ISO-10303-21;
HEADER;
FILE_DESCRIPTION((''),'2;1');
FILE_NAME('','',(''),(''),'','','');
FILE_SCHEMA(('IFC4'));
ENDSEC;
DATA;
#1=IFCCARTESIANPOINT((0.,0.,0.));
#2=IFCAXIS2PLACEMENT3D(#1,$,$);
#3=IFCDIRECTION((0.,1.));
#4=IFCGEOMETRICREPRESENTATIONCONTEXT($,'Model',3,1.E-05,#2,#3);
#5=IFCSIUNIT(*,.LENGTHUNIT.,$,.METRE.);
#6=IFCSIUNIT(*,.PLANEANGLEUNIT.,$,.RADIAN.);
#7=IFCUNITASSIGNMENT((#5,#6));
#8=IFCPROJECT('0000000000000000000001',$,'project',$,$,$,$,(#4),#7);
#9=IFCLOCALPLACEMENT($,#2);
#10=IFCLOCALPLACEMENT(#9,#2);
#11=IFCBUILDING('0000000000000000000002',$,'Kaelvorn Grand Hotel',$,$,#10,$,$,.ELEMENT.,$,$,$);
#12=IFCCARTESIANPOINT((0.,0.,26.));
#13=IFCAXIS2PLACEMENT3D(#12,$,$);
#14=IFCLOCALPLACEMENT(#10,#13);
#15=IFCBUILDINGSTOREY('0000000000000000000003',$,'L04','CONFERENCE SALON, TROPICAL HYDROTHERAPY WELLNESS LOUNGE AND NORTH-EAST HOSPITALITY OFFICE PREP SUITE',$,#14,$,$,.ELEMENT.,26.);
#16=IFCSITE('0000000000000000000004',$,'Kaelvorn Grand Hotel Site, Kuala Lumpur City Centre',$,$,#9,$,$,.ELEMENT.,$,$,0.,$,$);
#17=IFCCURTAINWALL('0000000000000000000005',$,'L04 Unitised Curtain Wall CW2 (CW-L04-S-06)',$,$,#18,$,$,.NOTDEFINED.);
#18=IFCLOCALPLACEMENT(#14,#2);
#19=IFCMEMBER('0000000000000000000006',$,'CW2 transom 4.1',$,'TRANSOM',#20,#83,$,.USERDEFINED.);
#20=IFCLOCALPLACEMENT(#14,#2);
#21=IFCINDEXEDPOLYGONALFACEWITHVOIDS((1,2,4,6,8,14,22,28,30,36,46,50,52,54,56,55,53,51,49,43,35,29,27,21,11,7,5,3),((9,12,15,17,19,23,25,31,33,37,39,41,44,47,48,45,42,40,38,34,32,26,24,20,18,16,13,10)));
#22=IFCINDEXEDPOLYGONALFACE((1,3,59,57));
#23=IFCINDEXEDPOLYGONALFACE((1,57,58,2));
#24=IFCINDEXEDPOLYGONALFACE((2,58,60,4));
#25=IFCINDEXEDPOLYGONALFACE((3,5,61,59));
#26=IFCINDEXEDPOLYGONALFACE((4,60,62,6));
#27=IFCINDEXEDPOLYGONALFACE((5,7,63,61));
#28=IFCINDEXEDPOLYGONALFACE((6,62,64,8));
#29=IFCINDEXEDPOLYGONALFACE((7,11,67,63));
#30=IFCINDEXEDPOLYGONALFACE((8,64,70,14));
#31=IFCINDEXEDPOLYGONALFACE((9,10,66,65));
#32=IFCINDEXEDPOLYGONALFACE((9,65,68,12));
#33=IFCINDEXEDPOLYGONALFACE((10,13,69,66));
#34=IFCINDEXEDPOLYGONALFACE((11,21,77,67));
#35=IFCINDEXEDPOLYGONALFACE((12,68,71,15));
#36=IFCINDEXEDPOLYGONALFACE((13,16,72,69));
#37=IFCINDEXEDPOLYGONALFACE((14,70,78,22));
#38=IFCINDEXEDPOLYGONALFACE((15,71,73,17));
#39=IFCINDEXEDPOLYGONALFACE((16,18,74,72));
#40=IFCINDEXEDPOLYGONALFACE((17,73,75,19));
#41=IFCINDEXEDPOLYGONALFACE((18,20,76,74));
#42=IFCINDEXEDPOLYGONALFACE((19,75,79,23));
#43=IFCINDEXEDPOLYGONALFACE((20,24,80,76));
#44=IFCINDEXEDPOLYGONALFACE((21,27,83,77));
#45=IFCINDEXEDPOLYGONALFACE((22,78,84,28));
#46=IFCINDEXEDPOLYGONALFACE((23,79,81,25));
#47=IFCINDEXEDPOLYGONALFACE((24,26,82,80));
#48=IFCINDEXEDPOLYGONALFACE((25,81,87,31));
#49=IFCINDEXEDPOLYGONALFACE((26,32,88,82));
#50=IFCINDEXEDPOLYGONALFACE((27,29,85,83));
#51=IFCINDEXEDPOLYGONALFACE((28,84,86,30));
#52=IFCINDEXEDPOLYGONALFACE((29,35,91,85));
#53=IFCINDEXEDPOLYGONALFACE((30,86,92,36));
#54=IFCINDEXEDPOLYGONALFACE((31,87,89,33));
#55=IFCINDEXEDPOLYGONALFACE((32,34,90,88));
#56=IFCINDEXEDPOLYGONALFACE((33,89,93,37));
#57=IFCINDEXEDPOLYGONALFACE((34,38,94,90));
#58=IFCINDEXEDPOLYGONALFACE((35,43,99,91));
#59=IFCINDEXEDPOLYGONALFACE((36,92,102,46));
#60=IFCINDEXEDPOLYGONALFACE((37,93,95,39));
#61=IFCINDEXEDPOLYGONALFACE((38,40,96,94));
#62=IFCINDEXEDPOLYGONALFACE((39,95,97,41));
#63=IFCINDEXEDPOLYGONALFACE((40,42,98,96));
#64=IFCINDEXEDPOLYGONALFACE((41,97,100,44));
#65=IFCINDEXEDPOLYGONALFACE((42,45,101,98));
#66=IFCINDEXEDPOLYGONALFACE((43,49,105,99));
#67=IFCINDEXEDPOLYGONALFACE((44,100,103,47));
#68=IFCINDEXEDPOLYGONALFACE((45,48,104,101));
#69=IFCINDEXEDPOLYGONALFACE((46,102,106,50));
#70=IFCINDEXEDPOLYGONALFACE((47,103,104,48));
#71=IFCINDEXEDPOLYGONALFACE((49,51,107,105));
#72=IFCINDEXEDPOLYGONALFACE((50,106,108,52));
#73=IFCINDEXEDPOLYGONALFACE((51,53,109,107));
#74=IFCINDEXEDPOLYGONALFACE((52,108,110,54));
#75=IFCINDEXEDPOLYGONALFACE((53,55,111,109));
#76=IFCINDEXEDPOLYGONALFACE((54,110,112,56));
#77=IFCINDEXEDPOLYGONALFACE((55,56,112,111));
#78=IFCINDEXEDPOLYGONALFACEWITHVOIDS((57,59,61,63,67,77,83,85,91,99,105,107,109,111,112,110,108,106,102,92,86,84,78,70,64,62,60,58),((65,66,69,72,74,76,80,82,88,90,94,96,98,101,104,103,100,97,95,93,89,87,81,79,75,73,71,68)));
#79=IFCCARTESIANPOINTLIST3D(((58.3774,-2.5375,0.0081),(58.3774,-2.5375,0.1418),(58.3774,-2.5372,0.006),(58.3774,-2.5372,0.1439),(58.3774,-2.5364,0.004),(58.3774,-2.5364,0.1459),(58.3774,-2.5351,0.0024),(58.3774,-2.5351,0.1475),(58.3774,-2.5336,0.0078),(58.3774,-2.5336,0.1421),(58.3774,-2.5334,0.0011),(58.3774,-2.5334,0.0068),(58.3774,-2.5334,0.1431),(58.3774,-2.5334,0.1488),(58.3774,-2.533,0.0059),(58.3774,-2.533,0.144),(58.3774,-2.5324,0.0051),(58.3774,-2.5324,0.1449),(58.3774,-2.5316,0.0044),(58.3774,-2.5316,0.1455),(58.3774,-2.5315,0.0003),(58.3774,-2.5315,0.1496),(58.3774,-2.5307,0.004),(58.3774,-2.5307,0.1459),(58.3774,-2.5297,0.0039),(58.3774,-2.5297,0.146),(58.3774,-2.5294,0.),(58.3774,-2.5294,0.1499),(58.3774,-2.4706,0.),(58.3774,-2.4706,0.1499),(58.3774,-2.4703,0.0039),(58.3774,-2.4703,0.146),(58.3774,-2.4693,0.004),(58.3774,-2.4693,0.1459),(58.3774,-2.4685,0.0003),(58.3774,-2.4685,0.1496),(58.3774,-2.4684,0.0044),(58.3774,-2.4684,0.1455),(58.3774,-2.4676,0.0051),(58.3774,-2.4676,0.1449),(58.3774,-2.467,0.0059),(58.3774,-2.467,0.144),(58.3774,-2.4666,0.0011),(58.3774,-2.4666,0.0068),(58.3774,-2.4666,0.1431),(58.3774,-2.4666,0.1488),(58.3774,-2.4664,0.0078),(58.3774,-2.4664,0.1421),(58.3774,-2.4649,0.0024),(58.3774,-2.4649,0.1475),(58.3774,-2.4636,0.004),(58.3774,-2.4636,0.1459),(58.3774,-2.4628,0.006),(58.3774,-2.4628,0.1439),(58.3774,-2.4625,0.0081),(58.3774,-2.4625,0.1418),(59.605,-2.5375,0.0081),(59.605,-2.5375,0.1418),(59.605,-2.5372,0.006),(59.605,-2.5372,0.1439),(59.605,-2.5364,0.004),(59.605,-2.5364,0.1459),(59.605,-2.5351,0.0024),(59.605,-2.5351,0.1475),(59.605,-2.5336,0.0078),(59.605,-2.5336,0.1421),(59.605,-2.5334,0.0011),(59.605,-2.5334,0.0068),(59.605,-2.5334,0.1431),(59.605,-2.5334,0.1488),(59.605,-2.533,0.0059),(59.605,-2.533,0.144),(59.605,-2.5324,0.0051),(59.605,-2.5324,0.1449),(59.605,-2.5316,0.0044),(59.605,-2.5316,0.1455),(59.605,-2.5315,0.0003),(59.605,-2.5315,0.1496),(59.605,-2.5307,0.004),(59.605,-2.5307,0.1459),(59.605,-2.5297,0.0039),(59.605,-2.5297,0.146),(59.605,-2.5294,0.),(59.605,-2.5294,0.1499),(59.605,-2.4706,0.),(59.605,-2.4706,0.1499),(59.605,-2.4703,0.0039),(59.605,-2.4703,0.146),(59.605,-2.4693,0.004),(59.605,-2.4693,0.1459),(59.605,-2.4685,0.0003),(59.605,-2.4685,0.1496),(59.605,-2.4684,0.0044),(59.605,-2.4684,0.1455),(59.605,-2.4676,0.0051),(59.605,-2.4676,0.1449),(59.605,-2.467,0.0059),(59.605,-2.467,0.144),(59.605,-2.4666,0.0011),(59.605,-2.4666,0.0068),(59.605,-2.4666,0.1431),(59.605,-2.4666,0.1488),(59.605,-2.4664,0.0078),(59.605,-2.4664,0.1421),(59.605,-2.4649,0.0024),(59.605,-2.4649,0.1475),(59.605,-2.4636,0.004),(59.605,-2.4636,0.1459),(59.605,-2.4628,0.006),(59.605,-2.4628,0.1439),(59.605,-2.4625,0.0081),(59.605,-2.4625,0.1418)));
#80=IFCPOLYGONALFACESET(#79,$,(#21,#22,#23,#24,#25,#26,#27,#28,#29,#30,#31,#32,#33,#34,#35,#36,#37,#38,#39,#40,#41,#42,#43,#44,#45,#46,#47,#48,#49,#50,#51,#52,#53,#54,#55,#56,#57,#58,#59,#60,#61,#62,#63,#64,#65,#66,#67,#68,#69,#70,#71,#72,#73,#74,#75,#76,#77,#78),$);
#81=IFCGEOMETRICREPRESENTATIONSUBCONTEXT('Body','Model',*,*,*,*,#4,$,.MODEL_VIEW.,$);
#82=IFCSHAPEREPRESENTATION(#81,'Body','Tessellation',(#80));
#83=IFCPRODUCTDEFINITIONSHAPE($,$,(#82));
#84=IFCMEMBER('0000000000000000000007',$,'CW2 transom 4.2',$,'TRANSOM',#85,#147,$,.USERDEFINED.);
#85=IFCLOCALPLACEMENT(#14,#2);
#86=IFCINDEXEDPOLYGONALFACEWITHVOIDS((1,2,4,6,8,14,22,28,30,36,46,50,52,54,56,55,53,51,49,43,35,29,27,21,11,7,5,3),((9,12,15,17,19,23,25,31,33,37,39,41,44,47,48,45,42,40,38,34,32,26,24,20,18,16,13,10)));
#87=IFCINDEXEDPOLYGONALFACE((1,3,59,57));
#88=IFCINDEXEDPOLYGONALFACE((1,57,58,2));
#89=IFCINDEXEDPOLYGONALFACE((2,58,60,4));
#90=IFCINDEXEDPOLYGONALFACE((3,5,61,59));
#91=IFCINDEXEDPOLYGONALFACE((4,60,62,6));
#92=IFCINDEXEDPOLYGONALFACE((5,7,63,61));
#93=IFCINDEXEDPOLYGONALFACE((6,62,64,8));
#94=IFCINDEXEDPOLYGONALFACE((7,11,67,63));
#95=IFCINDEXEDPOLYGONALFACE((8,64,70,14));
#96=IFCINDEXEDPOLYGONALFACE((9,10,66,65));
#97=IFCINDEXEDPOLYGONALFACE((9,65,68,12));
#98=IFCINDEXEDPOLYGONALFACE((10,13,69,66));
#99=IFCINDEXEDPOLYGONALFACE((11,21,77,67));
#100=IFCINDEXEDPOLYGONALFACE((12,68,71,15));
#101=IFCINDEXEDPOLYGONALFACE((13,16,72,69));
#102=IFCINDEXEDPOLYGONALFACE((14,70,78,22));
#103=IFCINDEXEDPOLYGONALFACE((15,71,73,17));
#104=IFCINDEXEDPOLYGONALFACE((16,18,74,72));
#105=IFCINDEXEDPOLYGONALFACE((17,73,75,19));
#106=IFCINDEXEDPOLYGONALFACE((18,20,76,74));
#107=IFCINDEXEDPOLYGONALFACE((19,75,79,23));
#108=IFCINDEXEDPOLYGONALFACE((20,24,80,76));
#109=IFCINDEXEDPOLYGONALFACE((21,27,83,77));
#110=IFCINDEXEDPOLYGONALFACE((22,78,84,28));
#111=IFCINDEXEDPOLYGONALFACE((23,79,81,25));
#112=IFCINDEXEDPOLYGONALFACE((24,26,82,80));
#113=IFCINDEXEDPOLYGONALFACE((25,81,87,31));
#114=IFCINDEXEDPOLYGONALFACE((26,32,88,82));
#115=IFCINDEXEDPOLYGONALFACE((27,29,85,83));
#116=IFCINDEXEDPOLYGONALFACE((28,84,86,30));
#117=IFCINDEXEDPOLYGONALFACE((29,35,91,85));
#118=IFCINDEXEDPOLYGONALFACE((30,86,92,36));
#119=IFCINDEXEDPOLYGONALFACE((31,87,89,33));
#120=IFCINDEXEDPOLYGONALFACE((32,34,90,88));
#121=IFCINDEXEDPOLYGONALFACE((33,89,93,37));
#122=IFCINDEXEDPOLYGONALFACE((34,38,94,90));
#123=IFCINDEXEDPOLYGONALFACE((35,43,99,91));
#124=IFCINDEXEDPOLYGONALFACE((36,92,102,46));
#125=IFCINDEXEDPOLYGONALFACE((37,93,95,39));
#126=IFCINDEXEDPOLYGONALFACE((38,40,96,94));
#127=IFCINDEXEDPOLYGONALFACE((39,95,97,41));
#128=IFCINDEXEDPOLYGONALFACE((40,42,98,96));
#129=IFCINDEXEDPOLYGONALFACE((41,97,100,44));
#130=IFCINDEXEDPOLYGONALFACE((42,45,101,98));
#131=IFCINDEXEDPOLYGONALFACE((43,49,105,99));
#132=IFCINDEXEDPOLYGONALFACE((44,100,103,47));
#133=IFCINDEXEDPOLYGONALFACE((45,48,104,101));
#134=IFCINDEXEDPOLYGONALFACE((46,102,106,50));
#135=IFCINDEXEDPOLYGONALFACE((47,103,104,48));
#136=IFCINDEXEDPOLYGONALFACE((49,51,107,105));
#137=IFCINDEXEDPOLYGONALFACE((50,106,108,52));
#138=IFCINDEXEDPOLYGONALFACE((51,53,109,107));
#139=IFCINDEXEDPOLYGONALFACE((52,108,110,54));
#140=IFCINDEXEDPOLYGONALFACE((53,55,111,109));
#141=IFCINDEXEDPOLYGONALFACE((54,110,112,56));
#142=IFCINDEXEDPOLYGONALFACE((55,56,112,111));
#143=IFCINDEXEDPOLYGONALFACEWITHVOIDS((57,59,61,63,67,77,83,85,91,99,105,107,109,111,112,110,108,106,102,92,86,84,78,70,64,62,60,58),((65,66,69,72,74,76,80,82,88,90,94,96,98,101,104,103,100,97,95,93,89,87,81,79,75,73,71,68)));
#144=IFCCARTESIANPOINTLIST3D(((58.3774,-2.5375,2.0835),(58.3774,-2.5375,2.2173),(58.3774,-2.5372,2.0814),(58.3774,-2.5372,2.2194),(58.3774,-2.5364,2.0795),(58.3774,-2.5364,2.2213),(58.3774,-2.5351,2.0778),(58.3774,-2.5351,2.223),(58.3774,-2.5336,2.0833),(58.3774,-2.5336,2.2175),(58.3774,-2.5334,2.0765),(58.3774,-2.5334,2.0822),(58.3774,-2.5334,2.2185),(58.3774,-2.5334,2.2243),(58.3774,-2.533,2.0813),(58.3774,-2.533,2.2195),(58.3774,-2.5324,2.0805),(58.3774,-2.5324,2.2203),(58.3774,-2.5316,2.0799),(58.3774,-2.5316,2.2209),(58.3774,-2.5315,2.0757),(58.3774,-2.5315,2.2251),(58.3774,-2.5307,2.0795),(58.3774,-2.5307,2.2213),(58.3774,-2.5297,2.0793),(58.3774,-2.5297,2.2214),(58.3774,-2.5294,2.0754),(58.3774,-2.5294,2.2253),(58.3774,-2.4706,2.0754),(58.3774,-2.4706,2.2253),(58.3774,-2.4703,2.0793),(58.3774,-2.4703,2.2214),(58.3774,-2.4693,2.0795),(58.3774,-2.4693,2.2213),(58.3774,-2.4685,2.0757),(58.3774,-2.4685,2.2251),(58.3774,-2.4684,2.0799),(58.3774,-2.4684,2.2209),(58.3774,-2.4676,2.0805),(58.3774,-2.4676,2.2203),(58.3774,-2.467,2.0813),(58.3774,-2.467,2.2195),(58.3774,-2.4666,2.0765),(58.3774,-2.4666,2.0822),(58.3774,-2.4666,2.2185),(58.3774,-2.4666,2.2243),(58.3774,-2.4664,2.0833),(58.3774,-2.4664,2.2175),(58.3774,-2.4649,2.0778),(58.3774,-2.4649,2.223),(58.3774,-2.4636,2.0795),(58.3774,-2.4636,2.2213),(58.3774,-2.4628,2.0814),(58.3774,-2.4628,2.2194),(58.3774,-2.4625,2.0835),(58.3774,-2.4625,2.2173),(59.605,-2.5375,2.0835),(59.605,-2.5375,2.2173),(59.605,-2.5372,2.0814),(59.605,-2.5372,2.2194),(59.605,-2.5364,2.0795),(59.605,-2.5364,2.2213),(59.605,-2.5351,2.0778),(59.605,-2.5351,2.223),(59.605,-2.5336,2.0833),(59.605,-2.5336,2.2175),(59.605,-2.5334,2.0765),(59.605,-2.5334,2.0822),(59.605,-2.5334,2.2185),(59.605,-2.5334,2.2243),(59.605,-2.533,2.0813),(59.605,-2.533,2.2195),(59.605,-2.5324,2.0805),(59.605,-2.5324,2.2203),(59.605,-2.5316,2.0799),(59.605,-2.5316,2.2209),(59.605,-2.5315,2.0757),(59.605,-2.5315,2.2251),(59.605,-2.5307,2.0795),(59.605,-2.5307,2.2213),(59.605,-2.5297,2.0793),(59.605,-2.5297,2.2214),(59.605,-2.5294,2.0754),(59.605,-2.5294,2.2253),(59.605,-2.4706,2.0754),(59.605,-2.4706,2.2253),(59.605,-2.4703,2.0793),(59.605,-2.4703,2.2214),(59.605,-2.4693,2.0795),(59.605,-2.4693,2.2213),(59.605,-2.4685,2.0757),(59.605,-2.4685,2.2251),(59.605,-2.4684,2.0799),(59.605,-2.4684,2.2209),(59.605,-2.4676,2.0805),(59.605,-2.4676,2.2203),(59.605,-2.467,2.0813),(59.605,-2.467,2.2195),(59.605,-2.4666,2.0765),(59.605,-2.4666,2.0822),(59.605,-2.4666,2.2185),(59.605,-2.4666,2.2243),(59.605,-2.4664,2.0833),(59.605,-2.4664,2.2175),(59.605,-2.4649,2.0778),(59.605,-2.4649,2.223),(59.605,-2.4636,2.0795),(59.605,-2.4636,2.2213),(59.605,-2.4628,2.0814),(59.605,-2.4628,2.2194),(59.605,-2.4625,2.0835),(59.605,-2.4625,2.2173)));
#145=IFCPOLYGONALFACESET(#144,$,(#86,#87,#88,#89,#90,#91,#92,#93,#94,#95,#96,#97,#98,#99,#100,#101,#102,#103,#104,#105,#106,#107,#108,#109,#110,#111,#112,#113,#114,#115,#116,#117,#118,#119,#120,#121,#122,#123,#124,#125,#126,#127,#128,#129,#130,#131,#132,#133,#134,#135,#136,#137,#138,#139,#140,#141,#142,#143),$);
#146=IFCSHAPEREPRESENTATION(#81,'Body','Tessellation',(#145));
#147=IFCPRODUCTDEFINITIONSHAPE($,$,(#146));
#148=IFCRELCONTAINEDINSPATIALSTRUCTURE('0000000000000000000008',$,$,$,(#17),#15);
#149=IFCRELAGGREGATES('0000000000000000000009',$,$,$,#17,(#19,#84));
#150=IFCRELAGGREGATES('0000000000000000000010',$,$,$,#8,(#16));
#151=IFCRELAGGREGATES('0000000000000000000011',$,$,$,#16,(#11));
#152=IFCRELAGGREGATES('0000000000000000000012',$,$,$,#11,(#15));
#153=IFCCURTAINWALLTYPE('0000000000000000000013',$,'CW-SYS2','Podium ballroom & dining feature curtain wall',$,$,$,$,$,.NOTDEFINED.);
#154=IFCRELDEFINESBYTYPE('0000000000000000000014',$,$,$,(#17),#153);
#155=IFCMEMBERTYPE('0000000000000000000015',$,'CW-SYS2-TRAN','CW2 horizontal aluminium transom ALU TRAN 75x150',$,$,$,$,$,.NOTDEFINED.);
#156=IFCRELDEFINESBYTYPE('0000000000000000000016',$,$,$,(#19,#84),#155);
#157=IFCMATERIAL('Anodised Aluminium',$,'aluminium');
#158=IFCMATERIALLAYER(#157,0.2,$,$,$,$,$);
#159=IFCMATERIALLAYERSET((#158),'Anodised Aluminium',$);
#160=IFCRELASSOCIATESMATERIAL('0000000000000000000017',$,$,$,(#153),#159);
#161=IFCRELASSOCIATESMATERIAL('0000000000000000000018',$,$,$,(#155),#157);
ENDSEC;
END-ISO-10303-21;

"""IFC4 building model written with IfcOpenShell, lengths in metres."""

from ifc_helpers import new_model, si_unit, direction, frame, origin, origin_2d, place, context, subcontext, project, spatial, hollow_rectangle, extrude, material, layer, layer_set, material_profile, profile_set, type_object, element, aggregate, save


model = new_model("IFC4")

# Units and contexts
model_context = context("Model", 3, precision=1e-05, world=origin(), true_north=direction((0.0, 1.0)))
body_context = subcontext(model_context, "Body", "Model", "MODEL_VIEW")
ifc_project = project(units=[si_unit("LENGTHUNIT", "METRE"), si_unit("PLANEANGLEUNIT", "RADIAN")], contexts=[model_context])

# Site, building, storey
site_placement = place(None, origin())
site = spatial("IfcSite", under=ifc_project, at=site_placement, Name="Kaelvorn Grand Hotel Site, Kuala Lumpur City Centre", CompositionType="ELEMENT", RefElevation=0.0)
building_placement = place(site_placement, origin())
building = spatial("IfcBuilding", under=site, at=building_placement, Name="Kaelvorn Grand Hotel", CompositionType="ELEMENT")
storey_placement = place(building_placement, frame((0.0, 0.0, 26.0)))
storey = spatial("IfcBuildingStorey", under=building, at=storey_placement, Name="L04", Description="CONFERENCE SALON, TROPICAL HYDROTHERAPY WELLNESS LOUNGE AND NORTH-EAST HOSPITALITY OFFICE PREP SUITE", CompositionType="ELEMENT", Elevation=26.0)

# Curtain wall
ifc_material_1 = material(Name="Anodised Aluminium", Category="aluminium")
ifc_layer_1 = layer(ifc_material_1, 0.2)
ifc_layer_set_1 = layer_set([ifc_layer_1], Name="Anodised Aluminium")
curtain_wall_type = type_object("IfcCurtainWallType", Name="CW-SYS2", Description="Podium ballroom & dining feature curtain wall", PredefinedType="NOTDEFINED", material=ifc_layer_set_1)
curtain_wall_1_placement = place(storey_placement, origin())
curtain_wall_1 = element("IfcCurtainWall", 1, at=curtain_wall_1_placement, inside=storey, type_object=curtain_wall_type, Name="L04 Unitised Curtain Wall CW2 (CW-L04-S-06)", PredefinedType="NOTDEFINED")

# Members
ifc_material_profile_1 = material_profile(ifc_material_1, hollow_rectangle(XDim=0.075, YDim=0.1499, WallThickness=0.0039, InnerFilletRadius=0.0039, OuterFilletRadius=0.0081, at=origin_2d()), Name="ALU TRAN 75x150")
ifc_profile_set_1 = profile_set([ifc_material_profile_1], Name="Anodised Aluminium")
member_type_1 = type_object("IfcMemberType", Name="CW-SYS2-TRAN", Description="CW2 horizontal aluminium transom ALU TRAN 75x150", PredefinedType="NOTDEFINED", material=ifc_profile_set_1)
member_1_placement = place(storey_placement, frame((58.3774, -2.5, 0.075), z_axis=(1.0, 0.0, 0.0), x_axis=(0.0, 1.0, 0.0)))
member_1 = element("IfcMember", 2, at=member_1_placement, type_object=member_type_1, Name="CW2 transom 4.1", ObjectType="TRANSOM", PredefinedType="USERDEFINED", context=body_context, shape_type="SweptSolid", body=[
    extrude(hollow_rectangle(XDim=0.075, YDim=0.1499, WallThickness=0.0039, InnerFilletRadius=0.0039, OuterFilletRadius=0.0081, at=origin_2d()), origin(), (0.0, 0.0, 1.0), 1.2275),
])
member_2_placement = place(storey_placement, frame((58.3774, -2.5, 2.1504), z_axis=(1.0, 0.0, 0.0), x_axis=(0.0, 1.0, 0.0)))
member_2 = element("IfcMember", 3, at=member_2_placement, type_object=member_type_1, Name="CW2 transom 4.2", ObjectType="TRANSOM", PredefinedType="USERDEFINED", context=body_context, shape_type="SweptSolid", body=[
    extrude(hollow_rectangle(XDim=0.075, YDim=0.1499, WallThickness=0.0039, InnerFilletRadius=0.0039, OuterFilletRadius=0.0081, at=origin_2d()), origin(), (0.0, 0.0, 1.0), 1.2275),
])

aggregate(curtain_wall_1, [member_1, member_2])

save(model, "model.ifc")
